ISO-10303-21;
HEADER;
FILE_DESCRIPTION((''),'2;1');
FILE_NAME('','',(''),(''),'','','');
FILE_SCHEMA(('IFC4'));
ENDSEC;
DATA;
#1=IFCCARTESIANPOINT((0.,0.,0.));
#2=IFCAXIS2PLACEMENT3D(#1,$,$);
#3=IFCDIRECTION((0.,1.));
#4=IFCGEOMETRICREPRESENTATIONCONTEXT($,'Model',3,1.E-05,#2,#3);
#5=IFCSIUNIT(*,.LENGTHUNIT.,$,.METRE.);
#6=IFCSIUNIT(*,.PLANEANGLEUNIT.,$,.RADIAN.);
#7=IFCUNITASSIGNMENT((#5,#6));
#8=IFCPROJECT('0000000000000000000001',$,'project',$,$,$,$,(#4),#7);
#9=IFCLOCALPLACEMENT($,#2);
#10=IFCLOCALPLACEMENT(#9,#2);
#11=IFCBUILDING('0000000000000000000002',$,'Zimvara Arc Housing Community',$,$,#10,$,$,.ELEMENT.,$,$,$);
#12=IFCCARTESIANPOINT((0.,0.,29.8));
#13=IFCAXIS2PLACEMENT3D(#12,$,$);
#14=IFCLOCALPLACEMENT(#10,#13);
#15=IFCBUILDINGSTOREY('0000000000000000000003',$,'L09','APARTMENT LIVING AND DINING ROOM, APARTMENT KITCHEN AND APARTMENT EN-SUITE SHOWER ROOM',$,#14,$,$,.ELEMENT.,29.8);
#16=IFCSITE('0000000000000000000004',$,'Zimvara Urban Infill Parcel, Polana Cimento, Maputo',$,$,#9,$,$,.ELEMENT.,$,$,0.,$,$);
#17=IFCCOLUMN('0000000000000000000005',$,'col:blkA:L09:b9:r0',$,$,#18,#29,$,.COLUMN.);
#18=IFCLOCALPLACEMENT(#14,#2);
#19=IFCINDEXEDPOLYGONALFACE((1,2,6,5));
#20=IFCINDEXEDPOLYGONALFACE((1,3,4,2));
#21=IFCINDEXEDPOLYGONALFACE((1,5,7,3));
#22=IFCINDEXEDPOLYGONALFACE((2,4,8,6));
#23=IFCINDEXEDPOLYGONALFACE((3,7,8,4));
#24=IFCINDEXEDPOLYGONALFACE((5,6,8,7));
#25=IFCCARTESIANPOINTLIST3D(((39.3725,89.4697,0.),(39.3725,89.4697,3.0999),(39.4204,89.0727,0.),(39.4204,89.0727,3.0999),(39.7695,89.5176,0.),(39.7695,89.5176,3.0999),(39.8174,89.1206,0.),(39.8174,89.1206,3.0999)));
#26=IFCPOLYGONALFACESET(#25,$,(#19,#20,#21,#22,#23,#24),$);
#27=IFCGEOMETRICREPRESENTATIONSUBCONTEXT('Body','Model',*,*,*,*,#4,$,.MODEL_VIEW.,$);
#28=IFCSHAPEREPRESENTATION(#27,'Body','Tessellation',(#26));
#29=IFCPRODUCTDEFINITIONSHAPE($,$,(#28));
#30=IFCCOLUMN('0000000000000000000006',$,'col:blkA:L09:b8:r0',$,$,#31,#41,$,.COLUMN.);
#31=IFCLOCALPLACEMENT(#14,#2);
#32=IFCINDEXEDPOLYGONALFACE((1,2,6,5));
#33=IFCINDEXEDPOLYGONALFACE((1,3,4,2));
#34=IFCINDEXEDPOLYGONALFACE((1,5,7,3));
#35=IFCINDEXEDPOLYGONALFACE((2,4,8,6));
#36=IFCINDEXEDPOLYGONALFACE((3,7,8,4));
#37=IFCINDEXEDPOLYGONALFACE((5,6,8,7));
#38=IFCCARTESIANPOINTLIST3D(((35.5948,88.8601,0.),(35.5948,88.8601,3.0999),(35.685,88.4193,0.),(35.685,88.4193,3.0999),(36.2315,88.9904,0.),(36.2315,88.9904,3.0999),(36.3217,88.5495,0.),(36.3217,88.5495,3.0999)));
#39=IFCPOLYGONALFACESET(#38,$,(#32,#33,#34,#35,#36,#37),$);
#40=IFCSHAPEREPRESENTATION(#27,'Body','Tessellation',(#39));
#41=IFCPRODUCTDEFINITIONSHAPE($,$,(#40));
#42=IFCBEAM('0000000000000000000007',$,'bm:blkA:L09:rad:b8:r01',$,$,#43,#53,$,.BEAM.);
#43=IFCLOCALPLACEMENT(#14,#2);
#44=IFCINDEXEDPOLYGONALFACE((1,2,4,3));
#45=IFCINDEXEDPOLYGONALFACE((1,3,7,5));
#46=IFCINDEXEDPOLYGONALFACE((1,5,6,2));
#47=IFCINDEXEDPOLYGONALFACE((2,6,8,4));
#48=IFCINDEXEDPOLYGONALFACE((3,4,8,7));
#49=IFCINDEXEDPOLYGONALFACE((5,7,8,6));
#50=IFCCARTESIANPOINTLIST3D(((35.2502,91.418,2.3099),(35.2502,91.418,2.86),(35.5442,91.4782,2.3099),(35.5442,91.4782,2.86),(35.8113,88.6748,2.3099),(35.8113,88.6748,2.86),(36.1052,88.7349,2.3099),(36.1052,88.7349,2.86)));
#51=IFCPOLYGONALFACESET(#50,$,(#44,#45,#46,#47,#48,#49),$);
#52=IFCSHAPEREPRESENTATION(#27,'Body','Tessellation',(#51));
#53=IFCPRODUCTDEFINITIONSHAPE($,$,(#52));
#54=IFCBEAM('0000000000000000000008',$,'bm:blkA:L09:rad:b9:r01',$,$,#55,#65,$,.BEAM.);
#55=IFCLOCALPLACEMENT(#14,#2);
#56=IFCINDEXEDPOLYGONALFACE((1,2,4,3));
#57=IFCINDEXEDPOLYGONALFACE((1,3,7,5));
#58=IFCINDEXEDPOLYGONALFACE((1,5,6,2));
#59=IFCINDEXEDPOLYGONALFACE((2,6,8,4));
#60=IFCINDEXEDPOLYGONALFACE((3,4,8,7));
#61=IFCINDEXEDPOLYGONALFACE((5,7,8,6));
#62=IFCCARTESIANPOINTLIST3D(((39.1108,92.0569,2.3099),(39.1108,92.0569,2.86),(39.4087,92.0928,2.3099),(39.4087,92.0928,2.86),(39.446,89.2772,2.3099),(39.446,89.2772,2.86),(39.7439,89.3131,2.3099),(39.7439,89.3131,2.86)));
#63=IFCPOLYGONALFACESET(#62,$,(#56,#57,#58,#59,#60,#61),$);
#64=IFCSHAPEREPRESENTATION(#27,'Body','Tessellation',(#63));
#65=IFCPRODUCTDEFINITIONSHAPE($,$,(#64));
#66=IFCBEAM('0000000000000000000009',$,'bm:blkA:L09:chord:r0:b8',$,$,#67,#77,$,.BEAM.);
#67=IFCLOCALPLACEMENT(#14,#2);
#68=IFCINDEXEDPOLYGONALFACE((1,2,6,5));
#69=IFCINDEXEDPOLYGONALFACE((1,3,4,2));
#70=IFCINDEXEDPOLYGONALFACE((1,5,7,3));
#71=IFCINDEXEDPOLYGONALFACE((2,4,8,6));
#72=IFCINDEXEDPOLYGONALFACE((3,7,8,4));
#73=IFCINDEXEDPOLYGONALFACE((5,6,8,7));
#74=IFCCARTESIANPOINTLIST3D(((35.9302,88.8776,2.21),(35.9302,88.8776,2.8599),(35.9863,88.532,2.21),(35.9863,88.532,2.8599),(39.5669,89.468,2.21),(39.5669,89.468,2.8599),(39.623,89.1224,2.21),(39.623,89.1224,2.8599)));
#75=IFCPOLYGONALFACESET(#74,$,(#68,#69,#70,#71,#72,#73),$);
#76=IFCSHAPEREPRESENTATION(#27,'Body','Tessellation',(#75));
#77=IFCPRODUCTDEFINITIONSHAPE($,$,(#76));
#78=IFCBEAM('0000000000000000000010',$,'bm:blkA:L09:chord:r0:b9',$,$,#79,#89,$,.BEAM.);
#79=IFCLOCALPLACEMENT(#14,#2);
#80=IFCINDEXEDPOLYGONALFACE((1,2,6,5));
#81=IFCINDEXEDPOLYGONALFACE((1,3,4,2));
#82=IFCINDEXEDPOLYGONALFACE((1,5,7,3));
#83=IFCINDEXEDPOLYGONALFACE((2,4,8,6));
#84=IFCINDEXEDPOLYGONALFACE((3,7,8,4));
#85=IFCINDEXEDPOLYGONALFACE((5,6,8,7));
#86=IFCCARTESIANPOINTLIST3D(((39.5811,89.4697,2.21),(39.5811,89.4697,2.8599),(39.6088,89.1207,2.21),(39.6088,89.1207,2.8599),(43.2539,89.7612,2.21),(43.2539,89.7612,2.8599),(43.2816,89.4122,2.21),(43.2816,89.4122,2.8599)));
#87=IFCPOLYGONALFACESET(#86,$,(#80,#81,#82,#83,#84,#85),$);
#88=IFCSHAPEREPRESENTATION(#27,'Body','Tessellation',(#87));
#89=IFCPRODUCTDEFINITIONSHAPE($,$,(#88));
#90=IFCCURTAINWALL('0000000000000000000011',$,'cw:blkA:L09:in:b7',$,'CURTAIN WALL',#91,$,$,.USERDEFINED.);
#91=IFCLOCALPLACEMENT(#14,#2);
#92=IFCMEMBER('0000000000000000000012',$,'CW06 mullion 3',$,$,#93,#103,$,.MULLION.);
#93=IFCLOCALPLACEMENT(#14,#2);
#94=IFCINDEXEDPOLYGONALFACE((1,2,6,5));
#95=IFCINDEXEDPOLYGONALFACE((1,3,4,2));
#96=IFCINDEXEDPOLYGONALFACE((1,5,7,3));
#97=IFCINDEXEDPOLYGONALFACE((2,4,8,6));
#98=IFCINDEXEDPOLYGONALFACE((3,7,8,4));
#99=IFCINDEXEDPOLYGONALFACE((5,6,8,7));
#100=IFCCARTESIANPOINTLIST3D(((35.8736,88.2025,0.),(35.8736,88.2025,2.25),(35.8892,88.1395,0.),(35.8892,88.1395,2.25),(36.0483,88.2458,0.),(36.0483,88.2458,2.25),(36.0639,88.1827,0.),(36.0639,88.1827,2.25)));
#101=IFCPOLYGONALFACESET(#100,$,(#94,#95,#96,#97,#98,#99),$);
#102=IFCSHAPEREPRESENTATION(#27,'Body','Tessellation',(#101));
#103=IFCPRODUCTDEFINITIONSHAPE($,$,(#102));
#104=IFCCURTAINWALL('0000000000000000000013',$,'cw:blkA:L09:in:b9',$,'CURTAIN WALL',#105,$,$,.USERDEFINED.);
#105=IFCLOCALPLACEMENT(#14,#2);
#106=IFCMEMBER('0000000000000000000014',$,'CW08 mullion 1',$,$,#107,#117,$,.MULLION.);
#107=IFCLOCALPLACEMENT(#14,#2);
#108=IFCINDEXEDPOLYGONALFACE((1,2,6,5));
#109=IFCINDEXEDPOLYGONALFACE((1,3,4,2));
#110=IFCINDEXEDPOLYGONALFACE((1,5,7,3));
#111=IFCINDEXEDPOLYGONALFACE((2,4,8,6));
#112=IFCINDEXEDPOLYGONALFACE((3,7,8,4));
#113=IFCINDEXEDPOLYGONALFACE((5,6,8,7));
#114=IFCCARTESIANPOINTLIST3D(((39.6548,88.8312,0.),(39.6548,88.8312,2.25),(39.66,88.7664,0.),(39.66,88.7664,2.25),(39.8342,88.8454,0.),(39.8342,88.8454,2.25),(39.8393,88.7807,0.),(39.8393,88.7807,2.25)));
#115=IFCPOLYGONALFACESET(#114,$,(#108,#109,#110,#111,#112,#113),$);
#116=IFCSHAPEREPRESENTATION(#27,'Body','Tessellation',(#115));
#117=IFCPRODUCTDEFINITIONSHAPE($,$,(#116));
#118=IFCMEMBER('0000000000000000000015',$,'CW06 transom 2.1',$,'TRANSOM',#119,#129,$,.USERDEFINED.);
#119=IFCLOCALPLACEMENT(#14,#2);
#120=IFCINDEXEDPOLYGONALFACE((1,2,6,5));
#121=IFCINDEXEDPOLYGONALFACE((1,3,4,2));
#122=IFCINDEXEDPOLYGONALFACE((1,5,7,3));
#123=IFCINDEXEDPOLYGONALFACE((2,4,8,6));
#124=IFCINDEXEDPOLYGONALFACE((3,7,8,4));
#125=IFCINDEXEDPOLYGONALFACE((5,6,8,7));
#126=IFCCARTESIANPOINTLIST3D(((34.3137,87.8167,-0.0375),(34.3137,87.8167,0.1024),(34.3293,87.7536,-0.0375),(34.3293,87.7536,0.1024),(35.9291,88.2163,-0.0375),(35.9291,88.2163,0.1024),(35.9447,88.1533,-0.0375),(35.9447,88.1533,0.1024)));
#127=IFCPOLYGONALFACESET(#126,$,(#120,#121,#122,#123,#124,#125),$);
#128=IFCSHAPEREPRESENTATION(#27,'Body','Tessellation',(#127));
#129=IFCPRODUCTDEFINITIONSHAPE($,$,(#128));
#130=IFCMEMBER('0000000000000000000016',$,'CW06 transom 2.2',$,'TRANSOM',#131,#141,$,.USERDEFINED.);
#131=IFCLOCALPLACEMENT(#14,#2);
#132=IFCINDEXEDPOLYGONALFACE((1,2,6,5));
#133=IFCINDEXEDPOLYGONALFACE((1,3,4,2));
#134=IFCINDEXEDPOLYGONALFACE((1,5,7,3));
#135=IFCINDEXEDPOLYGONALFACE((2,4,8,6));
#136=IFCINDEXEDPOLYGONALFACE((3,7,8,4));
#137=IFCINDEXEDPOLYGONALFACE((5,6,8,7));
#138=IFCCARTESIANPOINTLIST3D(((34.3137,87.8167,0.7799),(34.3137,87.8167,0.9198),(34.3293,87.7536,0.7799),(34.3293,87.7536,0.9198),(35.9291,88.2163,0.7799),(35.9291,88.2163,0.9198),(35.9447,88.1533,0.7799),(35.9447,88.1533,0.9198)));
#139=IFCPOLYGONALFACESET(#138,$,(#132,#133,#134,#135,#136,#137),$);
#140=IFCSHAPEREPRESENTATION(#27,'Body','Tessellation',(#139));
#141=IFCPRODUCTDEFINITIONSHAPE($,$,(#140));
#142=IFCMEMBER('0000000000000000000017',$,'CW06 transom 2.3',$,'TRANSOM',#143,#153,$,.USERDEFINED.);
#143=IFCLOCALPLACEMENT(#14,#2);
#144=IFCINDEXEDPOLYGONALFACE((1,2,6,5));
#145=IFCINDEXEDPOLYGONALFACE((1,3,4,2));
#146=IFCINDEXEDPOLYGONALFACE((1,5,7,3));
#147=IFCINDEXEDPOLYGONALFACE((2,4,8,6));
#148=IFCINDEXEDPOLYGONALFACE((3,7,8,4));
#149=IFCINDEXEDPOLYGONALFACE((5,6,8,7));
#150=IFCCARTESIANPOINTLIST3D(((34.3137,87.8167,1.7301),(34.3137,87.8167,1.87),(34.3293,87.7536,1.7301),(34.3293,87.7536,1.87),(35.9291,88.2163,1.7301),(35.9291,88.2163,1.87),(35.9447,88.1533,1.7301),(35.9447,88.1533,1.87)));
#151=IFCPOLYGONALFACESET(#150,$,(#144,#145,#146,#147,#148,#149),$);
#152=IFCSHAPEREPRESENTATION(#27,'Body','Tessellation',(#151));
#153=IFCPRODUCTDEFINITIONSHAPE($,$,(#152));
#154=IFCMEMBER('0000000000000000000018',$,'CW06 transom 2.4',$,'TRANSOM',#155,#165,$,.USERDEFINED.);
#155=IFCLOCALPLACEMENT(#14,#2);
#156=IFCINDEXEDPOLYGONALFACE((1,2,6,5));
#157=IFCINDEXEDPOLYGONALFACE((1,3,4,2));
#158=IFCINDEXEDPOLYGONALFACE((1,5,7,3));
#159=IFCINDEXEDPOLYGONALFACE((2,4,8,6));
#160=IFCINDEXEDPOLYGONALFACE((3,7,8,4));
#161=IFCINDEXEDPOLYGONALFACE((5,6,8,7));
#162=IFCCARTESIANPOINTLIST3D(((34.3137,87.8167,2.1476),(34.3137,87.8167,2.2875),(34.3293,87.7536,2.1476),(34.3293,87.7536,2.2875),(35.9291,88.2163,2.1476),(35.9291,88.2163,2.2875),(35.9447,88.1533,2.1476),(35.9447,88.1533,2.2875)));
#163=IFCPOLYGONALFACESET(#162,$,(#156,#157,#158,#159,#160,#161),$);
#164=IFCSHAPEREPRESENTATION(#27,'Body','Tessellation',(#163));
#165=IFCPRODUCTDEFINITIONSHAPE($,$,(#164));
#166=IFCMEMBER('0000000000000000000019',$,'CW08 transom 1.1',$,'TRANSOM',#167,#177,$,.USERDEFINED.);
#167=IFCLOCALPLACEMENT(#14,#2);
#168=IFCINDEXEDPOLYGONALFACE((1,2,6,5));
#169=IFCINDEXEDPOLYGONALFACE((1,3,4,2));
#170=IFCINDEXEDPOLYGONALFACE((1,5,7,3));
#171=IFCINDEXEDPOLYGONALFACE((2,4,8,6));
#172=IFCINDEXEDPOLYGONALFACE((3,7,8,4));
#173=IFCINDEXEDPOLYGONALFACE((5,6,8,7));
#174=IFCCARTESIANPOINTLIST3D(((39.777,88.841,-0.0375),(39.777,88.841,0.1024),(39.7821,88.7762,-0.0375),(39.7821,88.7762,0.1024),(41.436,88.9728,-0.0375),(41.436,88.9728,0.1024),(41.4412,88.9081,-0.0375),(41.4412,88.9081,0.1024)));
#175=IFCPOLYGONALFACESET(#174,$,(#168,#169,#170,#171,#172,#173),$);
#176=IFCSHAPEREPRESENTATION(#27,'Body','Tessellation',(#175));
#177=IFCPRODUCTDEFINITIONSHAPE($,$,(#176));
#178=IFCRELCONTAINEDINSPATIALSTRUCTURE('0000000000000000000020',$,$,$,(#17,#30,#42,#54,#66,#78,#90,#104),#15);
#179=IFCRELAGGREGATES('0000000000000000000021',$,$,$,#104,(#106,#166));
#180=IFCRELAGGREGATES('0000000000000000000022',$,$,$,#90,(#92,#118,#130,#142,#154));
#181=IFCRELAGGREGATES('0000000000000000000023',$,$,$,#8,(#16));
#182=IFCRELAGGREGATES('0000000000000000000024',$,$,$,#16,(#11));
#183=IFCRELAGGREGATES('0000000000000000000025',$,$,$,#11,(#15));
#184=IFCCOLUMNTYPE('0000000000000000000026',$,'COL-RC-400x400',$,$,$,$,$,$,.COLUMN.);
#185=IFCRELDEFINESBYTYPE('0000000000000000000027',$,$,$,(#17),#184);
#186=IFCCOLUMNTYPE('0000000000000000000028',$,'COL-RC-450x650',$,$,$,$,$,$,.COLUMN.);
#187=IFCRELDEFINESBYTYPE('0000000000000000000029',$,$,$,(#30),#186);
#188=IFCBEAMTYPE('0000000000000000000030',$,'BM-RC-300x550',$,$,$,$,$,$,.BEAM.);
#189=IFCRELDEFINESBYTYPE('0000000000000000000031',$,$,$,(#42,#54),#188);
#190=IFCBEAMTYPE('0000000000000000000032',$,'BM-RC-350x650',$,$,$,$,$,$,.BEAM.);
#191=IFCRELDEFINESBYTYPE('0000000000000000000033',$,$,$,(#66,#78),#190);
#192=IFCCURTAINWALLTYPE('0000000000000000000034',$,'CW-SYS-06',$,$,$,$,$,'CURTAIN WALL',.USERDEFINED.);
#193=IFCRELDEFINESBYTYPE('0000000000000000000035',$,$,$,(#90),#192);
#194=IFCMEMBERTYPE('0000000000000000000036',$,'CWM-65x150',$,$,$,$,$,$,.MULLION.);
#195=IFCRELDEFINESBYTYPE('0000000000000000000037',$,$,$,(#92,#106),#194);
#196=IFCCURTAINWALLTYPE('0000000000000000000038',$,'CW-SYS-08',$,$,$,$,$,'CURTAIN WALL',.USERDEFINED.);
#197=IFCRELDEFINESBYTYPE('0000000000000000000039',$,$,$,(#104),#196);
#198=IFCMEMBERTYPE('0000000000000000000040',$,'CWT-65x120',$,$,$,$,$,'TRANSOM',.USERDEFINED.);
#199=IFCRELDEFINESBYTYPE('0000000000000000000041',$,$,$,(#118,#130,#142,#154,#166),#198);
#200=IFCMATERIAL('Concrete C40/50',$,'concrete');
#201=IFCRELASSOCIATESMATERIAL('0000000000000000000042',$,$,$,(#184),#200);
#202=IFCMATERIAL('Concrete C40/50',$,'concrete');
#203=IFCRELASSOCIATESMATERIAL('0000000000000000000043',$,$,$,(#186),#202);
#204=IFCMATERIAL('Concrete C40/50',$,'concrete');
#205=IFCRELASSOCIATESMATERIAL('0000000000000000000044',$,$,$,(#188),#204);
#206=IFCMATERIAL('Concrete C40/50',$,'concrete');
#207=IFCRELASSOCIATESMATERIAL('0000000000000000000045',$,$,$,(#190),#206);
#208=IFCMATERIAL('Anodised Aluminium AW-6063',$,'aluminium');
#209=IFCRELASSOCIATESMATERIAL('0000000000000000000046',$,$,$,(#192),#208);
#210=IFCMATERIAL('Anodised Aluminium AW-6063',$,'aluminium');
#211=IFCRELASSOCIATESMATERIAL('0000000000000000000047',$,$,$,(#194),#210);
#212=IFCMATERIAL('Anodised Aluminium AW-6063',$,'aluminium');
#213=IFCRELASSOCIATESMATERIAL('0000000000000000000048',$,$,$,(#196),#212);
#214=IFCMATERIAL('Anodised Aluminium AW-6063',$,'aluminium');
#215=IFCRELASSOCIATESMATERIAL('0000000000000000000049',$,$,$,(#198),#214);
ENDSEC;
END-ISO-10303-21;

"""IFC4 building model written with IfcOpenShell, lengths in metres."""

from ifc_helpers import new_model, si_unit, direction, frame, origin, origin_2d, place, context, subcontext, project, spatial, rectangle, extrude, material, material_profile, profile_set, type_object, element, aggregate, save


model = new_model("IFC4")

# Units and contexts
model_context = context("Model", 3, precision=1e-05, world=origin(), true_north=direction((0.0, 1.0)))
body_context = subcontext(model_context, "Body", "Model", "MODEL_VIEW")
ifc_project = project(units=[si_unit("LENGTHUNIT", "METRE"), si_unit("PLANEANGLEUNIT", "RADIAN")], contexts=[model_context])

# Site, building, storey
site_placement = place(None, origin())
site = spatial("IfcSite", under=ifc_project, at=site_placement, Name="Zimvara Urban Infill Parcel, Polana Cimento, Maputo", CompositionType="ELEMENT", RefElevation=0.0)
building_placement = place(site_placement, origin())
building = spatial("IfcBuilding", under=site, at=building_placement, Name="Zimvara Arc Housing Community", CompositionType="ELEMENT")
storey_placement = place(building_placement, frame((0.0, 0.0, 29.8)))
storey = spatial("IfcBuildingStorey", under=building, at=storey_placement, Name="L09", Description="APARTMENT LIVING AND DINING ROOM, APARTMENT KITCHEN AND APARTMENT EN-SUITE SHOWER ROOM", CompositionType="ELEMENT", Elevation=29.8)

# Columns
ifc_material_1 = material(Name="Concrete C40/50", Category="concrete")
ifc_material_profile_1 = material_profile(ifc_material_1, rectangle(XDim=0.3999, YDim=0.3999, at=origin_2d()), Name="RC 400x400")
ifc_profile_set_1 = profile_set([ifc_material_profile_1], Name="Concrete C40/50")
column_type_1 = type_object("IfcColumnType", Name="COL-RC-400x400", PredefinedType="COLUMN", material=ifc_profile_set_1)
column_1_placement = place(storey_placement, frame((39.595, 89.2952, 0.0), z_axis=(0.0, 0.0, 1.0), x_axis=(-0.11979, 0.992799, 0.0)))
element("IfcColumn", 1, at=column_1_placement, inside=storey, type_object=column_type_1, Name="col:blkA:L09:b9:r0", PredefinedType="COLUMN", context=body_context, shape_type="SweptSolid", body=[
    extrude(rectangle(XDim=0.3999, YDim=0.3999, at=origin_2d()), origin(), (0.0, 0.0, 1.0), 3.0999),
])
ifc_material_2 = material(Name="Concrete C40/50", Category="concrete")
ifc_material_profile_2 = material_profile(ifc_material_2, rectangle(XDim=0.45, YDim=0.6499, at=origin_2d()), Name="RC 450x650")
ifc_profile_set_2 = profile_set([ifc_material_profile_2], Name="Concrete C40/50")
column_type_2 = type_object("IfcColumnType", Name="COL-RC-450x650", PredefinedType="COLUMN", material=ifc_profile_set_2)
column_2_placement = place(storey_placement, frame((35.9583, 88.7048, 0.0), z_axis=(0.0, 0.0, 1.0), x_axis=(-0.200394, 0.979715, 0.0)))
element("IfcColumn", 2, at=column_2_placement, inside=storey, type_object=column_type_2, Name="col:blkA:L09:b8:r0", PredefinedType="COLUMN", context=body_context, shape_type="SweptSolid", body=[
    extrude(rectangle(XDim=0.45, YDim=0.6499, at=origin_2d()), origin(), (0.0, 0.0, 1.0), 3.0999),
])

# Beams
ifc_material_3 = material(Name="Concrete C40/50", Category="concrete")
ifc_material_profile_3 = material_profile(ifc_material_3, rectangle(XDim=0.3, YDim=0.55, at=origin_2d()), Name="RC 300x550")
ifc_profile_set_3 = profile_set([ifc_material_profile_3], Name="Concrete C40/50")
beam_type_1 = type_object("IfcBeamType", Name="BM-RC-300x550", PredefinedType="BEAM", material=ifc_profile_set_3)
beam_1_placement = place(storey_placement, frame((35.9583, 88.7048, 2.585), z_axis=(-0.200373, 0.97972, 0.0), x_axis=(-0.97972, -0.200373, 0.0)))
element("IfcBeam", 3, at=beam_1_placement, inside=storey, type_object=beam_type_1, Name="bm:blkA:L09:rad:b8:r01", PredefinedType="BEAM", context=body_context, shape_type="SweptSolid", body=[
    extrude(rectangle(XDim=0.3, YDim=0.55, at=origin_2d()), origin(), (0.0, 0.0, 1.0), 2.8),
])
beam_2_placement = place(storey_placement, frame((39.595, 89.2952, 2.585), z_axis=(-0.119719, 0.992808, 0.0), x_axis=(-0.992808, -0.119719, 0.0)))
element("IfcBeam", 4, at=beam_2_placement, inside=storey, type_object=beam_type_1, Name="bm:blkA:L09:rad:b9:r01", PredefinedType="BEAM", context=body_context, shape_type="SweptSolid", body=[
    extrude(rectangle(XDim=0.3, YDim=0.55, at=origin_2d()), origin(), (0.0, 0.0, 1.0), 2.7998),
])
ifc_material_4 = material(Name="Concrete C40/50", Category="concrete")
ifc_material_profile_4 = material_profile(ifc_material_4, rectangle(XDim=0.3501, YDim=0.6499, at=origin_2d()), Name="RC 350x650")
ifc_profile_set_4 = profile_set([ifc_material_profile_4], Name="Concrete C40/50")
beam_type_2 = type_object("IfcBeamType", Name="BM-RC-350x650", PredefinedType="BEAM", material=ifc_profile_set_4)
for number, where, z_axis, x_axis, name in (
    (5, (35.9583, 88.7048, 2.5349), (0.98708, 0.160228, 0.0), (-0.160228, 0.98708, 0.0), "bm:blkA:L09:chord:r0:b8"),
    (6, (39.595, 89.2952, 2.5349), (0.996865, 0.079118, 0.0), (-0.079118, 0.996865, 0.0), "bm:blkA:L09:chord:r0:b9"),
):
    element("IfcBeam", number, at=place(storey_placement, frame(where, z_axis=z_axis, x_axis=x_axis)), inside=storey, type_object=beam_type_2, Name=name, PredefinedType="BEAM", context=body_context, shape_type="SweptSolid", body=[
        extrude(rectangle(XDim=0.3501, YDim=0.6499, at=origin_2d()), origin(), (0.0, 0.0, 1.0), 3.6843),
    ])

# Curtain walls, members
ifc_material_5 = material(Name="Anodised Aluminium AW-6063", Category="aluminium")
curtain_wall_type_1 = type_object("IfcCurtainWallType", Name="CW-SYS-06", ElementType="CURTAIN WALL", PredefinedType="USERDEFINED", material=ifc_material_5)
curtain_wall_1_placement = place(storey_placement, origin())
curtain_wall_1 = element("IfcCurtainWall", 7, at=curtain_wall_1_placement, inside=storey, type_object=curtain_wall_type_1, Name="cw:blkA:L09:in:b7", ObjectType="CURTAIN WALL", PredefinedType="USERDEFINED")
ifc_material_6 = material(Name="Anodised Aluminium AW-6063", Category="aluminium")
ifc_material_profile_5 = material_profile(ifc_material_6, rectangle(XDim=0.0649, YDim=0.1799, at=origin_2d()), Name="ALU 65x180")
ifc_profile_set_5 = profile_set([ifc_material_profile_5], Name="Anodised Aluminium AW-6063")
member_type_1 = type_object("IfcMemberType", Name="CWM-65x150", PredefinedType="MULLION", material=ifc_profile_set_5)
member_1_placement = place(storey_placement, frame((35.9688, 88.1926, 0.0), z_axis=(0.0, 0.0, 1.0), x_axis=(-0.240228, 0.970717, 0.0)))
member_1 = element("IfcMember", 8, at=member_1_placement, type_object=member_type_1, Name="CW06 mullion 3", PredefinedType="MULLION", context=body_context, shape_type="SweptSolid", body=[
    extrude(rectangle(XDim=0.0649, YDim=0.1799, at=origin_2d()), origin(), (0.0, 0.0, 1.0), 2.25),
])
ifc_material_7 = material(Name="Anodised Aluminium AW-6063", Category="aluminium")
curtain_wall_type_2 = type_object("IfcCurtainWallType", Name="CW-SYS-08", ElementType="CURTAIN WALL", PredefinedType="USERDEFINED", material=ifc_material_7)
curtain_wall_2_placement = place(storey_placement, origin())
curtain_wall_2 = element("IfcCurtainWall", 9, at=curtain_wall_2_placement, inside=storey, type_object=curtain_wall_type_2, Name="cw:blkA:L09:in:b9", ObjectType="CURTAIN WALL", PredefinedType="USERDEFINED")
member_2_placement = place(storey_placement, frame((39.7471, 88.8059, 0.0), z_axis=(0.0, 0.0, 1.0), x_axis=(-0.079155, 0.996862, 0.0)))
member_2 = element("IfcMember", 10, at=member_2_placement, type_object=member_type_1, Name="CW08 mullion 1", PredefinedType="MULLION", context=body_context, shape_type="SweptSolid", body=[
    extrude(rectangle(XDim=0.0649, YDim=0.1799, at=origin_2d()), origin(), (0.0, 0.0, 1.0), 2.25),
])

# Members
ifc_material_8 = material(Name="Anodised Aluminium AW-6063", Category="aluminium")
ifc_material_profile_6 = material_profile(ifc_material_8, rectangle(XDim=0.0649, YDim=0.1399, at=origin_2d()), Name="ALU 65x140")
ifc_profile_set_6 = profile_set([ifc_material_profile_6], Name="Anodised Aluminium AW-6063")
member_type_2 = type_object("IfcMemberType", Name="CWT-65x120", ElementType="TRANSOM", PredefinedType="USERDEFINED", material=ifc_profile_set_6)
member_3_placement = place(storey_placement, frame((34.3215, 87.7852, 0.0325), z_axis=(0.970735, 0.240153, 0.0), x_axis=(-0.240153, 0.970735, 0.0)))
member_3 = element("IfcMember", 11, at=member_3_placement, type_object=member_type_2, Name="CW06 transom 2.1", ObjectType="TRANSOM", PredefinedType="USERDEFINED", context=body_context, shape_type="SweptSolid", body=[
    extrude(rectangle(XDim=0.0649, YDim=0.1399, at=origin_2d()), origin(), (0.0, 0.0, 1.0), 1.6641),
])
member_4_placement = place(storey_placement, frame((34.3215, 87.7852, 0.8499), z_axis=(0.970735, 0.240153, 0.0), x_axis=(-0.240153, 0.970735, 0.0)))
member_4 = element("IfcMember", 12, at=member_4_placement, type_object=member_type_2, Name="CW06 transom 2.2", ObjectType="TRANSOM", PredefinedType="USERDEFINED", context=body_context, shape_type="SweptSolid", body=[
    extrude(rectangle(XDim=0.0649, YDim=0.1399, at=origin_2d()), origin(), (0.0, 0.0, 1.0), 1.6641),
])
member_5_placement = place(storey_placement, frame((34.3215, 87.7852, 1.8), z_axis=(0.970735, 0.240153, 0.0), x_axis=(-0.240153, 0.970735, 0.0)))
member_5 = element("IfcMember", 13, at=member_5_placement, type_object=member_type_2, Name="CW06 transom 2.3", ObjectType="TRANSOM", PredefinedType="USERDEFINED", context=body_context, shape_type="SweptSolid", body=[
    extrude(rectangle(XDim=0.0649, YDim=0.1399, at=origin_2d()), origin(), (0.0, 0.0, 1.0), 1.6641),
])
member_6_placement = place(storey_placement, frame((34.3215, 87.7852, 2.2175), z_axis=(0.970735, 0.240153, 0.0), x_axis=(-0.240153, 0.970735, 0.0)))
member_6 = element("IfcMember", 14, at=member_6_placement, type_object=member_type_2, Name="CW06 transom 2.4", ObjectType="TRANSOM", PredefinedType="USERDEFINED", context=body_context, shape_type="SweptSolid", body=[
    extrude(rectangle(XDim=0.0649, YDim=0.1399, at=origin_2d()), origin(), (0.0, 0.0, 1.0), 1.6641),
])
member_7_placement = place(storey_placement, frame((39.7795, 88.8086, 0.0325), z_axis=(0.996858, 0.079209, 0.0), x_axis=(-0.079209, 0.996858, 0.0)))
member_7 = element("IfcMember", 15, at=member_7_placement, type_object=member_type_2, Name="CW08 transom 1.1", ObjectType="TRANSOM", PredefinedType="USERDEFINED", context=body_context, shape_type="SweptSolid", body=[
    extrude(rectangle(XDim=0.0649, YDim=0.1399, at=origin_2d()), origin(), (0.0, 0.0, 1.0), 1.6643),
])
aggregate(curtain_wall_2, [member_2, member_7])

aggregate(curtain_wall_1, [member_1, member_3, member_4, member_5, member_6])

save(model, "model.ifc")
